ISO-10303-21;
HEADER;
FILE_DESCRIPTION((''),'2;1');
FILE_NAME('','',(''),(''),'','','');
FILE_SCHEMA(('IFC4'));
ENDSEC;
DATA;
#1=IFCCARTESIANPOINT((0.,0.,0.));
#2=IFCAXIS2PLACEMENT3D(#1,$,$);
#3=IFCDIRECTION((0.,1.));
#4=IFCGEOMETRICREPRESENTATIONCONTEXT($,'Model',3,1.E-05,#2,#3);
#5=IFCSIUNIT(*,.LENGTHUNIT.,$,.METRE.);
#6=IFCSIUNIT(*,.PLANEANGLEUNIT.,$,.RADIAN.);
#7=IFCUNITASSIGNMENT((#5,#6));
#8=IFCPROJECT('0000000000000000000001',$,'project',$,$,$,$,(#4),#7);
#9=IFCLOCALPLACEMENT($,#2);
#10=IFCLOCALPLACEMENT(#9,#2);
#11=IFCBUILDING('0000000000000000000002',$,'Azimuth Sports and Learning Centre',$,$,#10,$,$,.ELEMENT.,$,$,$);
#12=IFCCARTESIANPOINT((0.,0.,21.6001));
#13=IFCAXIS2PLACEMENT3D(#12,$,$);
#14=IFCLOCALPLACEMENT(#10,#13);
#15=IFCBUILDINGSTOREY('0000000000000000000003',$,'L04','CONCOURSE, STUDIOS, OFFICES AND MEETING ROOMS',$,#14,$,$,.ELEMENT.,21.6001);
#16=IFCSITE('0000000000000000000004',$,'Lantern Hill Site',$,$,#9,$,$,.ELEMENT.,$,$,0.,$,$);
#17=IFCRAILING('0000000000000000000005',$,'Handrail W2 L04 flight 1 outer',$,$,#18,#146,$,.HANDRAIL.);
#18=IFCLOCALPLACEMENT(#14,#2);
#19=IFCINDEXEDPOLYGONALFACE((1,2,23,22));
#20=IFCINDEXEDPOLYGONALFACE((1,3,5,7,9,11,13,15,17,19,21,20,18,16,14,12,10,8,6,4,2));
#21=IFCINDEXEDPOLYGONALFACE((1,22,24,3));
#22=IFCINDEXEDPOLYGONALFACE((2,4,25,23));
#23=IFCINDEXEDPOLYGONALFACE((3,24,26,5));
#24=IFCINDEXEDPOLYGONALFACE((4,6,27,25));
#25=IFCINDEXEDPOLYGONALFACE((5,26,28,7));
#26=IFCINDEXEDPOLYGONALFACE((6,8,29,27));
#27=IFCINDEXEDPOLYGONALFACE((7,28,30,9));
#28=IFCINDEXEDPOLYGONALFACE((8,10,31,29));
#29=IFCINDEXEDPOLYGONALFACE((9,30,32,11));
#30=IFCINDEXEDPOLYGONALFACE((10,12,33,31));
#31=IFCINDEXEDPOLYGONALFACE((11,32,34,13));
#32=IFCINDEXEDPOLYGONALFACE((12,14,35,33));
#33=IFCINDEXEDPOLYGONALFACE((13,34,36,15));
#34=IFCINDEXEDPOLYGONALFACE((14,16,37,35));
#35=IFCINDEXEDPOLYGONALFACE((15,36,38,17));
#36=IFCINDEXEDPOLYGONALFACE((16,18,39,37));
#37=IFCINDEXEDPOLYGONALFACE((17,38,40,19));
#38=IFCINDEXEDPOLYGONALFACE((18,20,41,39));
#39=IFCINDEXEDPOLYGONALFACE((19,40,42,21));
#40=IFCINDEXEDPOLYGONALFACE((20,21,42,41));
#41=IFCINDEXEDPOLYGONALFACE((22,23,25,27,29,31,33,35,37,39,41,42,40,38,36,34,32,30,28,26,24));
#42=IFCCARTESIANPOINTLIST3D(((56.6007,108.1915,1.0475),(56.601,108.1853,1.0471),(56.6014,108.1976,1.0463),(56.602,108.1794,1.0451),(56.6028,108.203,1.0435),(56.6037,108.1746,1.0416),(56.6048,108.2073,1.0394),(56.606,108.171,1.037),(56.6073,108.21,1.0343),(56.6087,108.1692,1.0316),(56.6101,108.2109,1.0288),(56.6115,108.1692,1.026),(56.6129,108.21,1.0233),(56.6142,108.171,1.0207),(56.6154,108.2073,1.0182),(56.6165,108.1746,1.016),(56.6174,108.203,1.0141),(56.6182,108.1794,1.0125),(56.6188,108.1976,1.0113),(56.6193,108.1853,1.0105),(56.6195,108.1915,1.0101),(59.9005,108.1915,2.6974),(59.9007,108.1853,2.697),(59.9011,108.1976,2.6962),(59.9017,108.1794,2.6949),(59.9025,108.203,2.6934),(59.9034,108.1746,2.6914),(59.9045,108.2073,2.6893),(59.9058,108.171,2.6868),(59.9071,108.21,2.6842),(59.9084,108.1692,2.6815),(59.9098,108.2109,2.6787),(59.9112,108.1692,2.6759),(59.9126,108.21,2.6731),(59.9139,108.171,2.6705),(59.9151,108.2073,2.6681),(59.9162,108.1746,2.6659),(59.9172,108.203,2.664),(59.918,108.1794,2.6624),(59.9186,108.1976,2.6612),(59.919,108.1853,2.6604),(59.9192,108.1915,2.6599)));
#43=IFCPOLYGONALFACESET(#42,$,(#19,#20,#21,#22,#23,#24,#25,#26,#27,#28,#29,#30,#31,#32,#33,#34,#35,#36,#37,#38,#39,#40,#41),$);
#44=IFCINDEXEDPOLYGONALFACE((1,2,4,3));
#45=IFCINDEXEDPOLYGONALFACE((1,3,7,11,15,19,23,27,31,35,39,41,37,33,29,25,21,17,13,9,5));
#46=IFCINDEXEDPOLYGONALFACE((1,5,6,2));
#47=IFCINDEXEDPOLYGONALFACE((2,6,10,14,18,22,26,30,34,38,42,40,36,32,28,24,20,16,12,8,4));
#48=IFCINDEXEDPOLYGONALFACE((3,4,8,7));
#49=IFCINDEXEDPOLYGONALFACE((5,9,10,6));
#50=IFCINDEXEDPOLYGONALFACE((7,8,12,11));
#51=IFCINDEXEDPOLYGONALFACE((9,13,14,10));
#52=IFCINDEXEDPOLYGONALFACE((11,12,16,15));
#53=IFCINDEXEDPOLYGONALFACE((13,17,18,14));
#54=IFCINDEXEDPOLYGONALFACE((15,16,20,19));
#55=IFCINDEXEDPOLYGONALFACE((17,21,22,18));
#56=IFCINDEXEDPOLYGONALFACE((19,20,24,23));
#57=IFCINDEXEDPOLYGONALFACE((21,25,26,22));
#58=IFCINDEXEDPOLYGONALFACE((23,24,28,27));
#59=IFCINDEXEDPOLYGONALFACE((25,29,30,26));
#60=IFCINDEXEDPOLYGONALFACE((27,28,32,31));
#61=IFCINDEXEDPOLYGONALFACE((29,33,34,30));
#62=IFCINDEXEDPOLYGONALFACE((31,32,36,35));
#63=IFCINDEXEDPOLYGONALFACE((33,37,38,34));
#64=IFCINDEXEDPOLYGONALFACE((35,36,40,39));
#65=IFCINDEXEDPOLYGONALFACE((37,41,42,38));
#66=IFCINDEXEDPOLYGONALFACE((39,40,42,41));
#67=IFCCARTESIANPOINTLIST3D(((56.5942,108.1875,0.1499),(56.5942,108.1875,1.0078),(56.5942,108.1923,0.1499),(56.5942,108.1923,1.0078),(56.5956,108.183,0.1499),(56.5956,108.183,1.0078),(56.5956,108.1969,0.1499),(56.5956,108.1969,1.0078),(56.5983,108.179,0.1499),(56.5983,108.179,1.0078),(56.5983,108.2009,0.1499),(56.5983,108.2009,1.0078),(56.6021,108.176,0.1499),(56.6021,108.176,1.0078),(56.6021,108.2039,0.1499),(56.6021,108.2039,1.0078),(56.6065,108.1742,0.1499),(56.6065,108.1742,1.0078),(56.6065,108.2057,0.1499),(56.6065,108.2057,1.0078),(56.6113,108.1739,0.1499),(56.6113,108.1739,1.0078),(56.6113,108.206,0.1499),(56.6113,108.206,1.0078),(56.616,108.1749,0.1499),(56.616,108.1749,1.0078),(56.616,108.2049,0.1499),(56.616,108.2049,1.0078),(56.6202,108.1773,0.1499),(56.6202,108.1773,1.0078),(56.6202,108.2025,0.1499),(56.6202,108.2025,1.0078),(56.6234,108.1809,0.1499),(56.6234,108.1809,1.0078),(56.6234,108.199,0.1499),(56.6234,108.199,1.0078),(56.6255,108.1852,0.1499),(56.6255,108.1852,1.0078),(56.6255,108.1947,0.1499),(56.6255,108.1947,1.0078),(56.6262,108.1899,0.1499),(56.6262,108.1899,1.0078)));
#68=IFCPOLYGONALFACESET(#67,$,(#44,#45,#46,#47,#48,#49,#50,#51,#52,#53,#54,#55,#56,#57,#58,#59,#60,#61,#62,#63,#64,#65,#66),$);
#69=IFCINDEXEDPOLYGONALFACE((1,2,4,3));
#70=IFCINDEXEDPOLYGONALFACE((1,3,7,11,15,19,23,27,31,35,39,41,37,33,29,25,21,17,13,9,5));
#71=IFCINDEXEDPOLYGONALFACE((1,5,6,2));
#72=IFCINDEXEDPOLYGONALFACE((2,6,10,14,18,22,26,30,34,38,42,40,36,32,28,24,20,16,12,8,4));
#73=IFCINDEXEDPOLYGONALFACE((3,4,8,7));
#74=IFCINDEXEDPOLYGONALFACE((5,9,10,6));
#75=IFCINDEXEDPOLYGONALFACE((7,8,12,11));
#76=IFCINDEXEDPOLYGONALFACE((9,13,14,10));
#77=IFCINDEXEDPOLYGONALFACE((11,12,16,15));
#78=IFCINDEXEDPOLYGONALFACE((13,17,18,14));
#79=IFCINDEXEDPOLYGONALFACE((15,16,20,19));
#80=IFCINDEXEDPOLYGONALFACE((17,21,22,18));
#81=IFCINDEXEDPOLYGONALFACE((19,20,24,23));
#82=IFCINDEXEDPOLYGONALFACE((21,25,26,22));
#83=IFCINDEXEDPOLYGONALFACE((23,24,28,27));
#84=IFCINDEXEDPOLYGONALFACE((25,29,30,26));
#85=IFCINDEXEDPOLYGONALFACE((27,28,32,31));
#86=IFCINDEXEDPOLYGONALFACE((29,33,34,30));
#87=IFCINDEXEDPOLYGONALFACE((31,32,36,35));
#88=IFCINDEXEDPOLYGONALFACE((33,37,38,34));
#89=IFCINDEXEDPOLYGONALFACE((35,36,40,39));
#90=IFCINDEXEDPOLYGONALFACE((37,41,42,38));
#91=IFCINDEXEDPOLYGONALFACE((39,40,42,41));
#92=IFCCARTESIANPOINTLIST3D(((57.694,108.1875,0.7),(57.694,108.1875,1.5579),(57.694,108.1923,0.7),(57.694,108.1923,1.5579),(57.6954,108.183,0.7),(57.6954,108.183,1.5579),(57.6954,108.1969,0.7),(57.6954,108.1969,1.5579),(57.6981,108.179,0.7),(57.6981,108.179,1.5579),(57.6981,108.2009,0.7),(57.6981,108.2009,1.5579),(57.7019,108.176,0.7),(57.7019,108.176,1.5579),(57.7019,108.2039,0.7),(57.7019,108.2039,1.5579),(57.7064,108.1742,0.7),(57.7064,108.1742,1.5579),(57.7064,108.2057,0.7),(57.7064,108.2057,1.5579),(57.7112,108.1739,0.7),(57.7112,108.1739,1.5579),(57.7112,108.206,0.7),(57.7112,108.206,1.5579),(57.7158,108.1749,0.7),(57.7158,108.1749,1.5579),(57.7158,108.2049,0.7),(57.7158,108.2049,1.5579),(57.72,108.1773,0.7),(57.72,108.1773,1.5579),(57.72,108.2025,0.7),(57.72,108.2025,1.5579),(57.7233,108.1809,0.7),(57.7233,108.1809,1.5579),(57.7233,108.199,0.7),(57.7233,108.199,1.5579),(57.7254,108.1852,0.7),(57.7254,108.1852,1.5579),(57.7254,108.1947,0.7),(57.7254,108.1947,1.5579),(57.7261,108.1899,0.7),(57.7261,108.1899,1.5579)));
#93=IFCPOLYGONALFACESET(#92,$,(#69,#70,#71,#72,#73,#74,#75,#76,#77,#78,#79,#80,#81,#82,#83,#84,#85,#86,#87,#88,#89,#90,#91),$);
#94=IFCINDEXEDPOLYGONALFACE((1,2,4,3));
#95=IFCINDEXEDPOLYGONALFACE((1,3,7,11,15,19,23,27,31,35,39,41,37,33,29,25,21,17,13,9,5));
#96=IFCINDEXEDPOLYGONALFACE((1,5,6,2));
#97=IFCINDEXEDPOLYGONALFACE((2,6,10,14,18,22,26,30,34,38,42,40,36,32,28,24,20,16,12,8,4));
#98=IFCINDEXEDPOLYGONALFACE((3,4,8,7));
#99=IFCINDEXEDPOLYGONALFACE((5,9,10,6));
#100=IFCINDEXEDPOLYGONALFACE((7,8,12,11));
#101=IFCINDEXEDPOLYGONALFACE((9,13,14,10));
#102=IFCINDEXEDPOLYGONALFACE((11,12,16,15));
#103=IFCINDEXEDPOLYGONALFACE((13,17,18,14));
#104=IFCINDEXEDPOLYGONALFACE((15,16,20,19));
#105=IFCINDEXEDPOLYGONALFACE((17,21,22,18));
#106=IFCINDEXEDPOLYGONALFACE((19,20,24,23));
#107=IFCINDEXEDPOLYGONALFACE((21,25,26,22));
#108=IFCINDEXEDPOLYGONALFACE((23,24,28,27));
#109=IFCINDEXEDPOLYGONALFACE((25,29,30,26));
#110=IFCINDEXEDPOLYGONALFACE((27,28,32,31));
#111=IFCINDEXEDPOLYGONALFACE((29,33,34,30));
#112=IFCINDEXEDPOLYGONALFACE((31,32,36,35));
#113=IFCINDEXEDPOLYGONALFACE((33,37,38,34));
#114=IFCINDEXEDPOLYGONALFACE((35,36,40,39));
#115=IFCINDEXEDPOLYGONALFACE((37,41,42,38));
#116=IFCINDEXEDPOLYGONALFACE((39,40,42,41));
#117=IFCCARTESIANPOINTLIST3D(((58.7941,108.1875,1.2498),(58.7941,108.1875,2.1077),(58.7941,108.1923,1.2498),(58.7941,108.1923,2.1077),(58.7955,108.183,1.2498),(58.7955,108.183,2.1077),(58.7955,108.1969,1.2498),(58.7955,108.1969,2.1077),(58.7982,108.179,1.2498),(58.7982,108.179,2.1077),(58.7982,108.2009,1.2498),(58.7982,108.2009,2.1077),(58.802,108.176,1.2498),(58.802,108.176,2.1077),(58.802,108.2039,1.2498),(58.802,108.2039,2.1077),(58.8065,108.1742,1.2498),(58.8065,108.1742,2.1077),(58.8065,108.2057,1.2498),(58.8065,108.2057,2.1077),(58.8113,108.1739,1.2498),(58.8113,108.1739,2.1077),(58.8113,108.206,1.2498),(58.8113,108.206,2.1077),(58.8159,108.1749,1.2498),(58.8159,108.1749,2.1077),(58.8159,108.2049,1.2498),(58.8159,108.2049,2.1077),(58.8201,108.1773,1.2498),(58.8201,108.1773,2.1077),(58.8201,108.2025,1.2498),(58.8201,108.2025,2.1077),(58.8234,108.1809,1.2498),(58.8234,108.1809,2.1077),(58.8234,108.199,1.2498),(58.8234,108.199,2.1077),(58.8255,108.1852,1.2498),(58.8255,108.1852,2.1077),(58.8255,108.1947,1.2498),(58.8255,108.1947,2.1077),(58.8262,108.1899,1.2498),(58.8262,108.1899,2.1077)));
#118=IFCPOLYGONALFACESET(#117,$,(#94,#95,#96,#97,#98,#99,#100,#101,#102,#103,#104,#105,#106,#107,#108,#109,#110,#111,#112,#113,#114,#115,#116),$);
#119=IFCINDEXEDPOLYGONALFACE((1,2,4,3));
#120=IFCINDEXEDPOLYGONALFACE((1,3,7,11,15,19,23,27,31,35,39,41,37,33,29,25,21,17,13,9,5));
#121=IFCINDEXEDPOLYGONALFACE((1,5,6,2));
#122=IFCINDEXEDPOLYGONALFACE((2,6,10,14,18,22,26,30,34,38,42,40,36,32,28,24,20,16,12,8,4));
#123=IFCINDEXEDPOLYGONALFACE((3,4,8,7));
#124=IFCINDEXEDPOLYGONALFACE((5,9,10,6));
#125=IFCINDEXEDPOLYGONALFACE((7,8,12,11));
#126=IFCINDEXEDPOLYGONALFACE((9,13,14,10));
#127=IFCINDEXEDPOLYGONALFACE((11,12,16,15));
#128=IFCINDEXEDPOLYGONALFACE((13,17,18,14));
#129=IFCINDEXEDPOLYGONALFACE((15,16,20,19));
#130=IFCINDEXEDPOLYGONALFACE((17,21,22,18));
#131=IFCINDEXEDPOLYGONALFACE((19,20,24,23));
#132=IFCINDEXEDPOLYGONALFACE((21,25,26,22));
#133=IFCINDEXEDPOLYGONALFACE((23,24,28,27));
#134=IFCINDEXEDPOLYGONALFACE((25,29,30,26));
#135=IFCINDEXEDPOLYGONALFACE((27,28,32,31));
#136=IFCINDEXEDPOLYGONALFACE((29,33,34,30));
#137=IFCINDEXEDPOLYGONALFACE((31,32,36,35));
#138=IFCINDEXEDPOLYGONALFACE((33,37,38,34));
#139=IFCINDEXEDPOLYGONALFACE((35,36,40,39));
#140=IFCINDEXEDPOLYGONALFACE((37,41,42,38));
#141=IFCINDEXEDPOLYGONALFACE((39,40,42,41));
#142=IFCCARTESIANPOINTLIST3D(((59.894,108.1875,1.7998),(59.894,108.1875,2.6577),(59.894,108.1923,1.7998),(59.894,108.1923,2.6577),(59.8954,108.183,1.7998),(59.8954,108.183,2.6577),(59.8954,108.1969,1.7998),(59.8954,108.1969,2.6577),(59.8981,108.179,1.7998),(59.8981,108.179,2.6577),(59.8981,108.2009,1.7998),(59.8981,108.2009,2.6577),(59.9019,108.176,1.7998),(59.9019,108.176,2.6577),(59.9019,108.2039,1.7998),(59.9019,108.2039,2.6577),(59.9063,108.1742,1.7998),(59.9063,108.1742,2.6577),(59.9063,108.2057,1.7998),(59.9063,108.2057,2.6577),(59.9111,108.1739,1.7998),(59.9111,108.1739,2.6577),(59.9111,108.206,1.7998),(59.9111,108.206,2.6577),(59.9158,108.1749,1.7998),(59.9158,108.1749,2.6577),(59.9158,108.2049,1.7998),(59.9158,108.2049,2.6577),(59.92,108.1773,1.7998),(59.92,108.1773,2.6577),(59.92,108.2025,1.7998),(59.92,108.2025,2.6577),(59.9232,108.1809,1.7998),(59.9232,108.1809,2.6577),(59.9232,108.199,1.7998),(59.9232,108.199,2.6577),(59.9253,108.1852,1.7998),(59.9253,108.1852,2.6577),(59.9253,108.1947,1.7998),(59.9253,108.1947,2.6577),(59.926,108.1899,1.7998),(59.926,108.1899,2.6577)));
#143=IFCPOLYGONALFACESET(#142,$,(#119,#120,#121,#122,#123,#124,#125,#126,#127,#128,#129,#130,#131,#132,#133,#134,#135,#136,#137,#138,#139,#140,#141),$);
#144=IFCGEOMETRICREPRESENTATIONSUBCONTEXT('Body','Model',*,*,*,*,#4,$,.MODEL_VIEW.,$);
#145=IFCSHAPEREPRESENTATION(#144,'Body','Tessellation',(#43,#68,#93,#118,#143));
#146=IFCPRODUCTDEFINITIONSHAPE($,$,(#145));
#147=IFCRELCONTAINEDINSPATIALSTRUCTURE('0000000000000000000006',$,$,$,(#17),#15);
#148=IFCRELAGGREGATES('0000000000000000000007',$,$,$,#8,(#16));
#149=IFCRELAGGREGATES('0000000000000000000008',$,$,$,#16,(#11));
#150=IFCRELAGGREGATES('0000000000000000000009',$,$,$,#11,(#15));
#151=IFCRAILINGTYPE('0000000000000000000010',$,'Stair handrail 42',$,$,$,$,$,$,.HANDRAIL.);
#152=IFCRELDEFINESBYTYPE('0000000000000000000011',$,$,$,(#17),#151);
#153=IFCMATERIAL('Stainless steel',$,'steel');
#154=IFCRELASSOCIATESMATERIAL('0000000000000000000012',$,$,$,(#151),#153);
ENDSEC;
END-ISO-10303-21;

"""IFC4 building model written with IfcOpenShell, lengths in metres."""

from ifc_helpers import new_model, si_unit, direction, frame, origin, origin_2d, place, context, subcontext, project, spatial, circle, extrude, material, type_object, element, save


model = new_model("IFC4")

# Units and contexts
model_context = context("Model", 3, precision=1e-05, world=origin(), true_north=direction((0.0, 1.0)))
body_context = subcontext(model_context, "Body", "Model", "MODEL_VIEW")
ifc_project = project(units=[si_unit("LENGTHUNIT", "METRE"), si_unit("PLANEANGLEUNIT", "RADIAN")], contexts=[model_context])

# Site, building, storey
site_placement = place(None, origin())
site = spatial("IfcSite", under=ifc_project, at=site_placement, Name="Lantern Hill Site", CompositionType="ELEMENT", RefElevation=0.0)
building_placement = place(site_placement, origin())
building = spatial("IfcBuilding", under=site, at=building_placement, Name="Azimuth Sports and Learning Centre", CompositionType="ELEMENT")
storey_placement = place(building_placement, frame((0.0, 0.0, 21.6001)))
storey = spatial("IfcBuildingStorey", under=building, at=storey_placement, Name="L04", Description="CONCOURSE, STUDIOS, OFFICES AND MEETING ROOMS", CompositionType="ELEMENT", Elevation=21.6001)

# Railing
ifc_material_1 = material(Name="Stainless steel", Category="steel")
railing_type_1 = type_object("IfcRailingType", Name="Stair handrail 42", PredefinedType="HANDRAIL", material=ifc_material_1)
for number, where, name in (
    (1, (56.6101, 108.1899, 0.1499), "Handrail W2 L04 flight 1 outer"),
):
    element("IfcRailing", number, at=place(storey_placement, frame(where)), inside=storey, type_object=railing_type_1, Name=name, PredefinedType="HANDRAIL", context=body_context, shape_type="SweptSolid", body=[
        extrude(circle(Radius=0.021, at=origin_2d()), frame((0.0, 0.0, 0.8789), z_axis=(0.894427, 0.0, 0.447214), x_axis=(0.0, 1.0, 0.0)), (0.0, 0.0, 1.0), 3.6892),
        extrude(circle(Radius=0.0161, at=origin_2d()), origin(), (0.0, 0.0, 1.0), 0.8579),
        extrude(circle(Radius=0.0161, at=origin_2d()), frame((1.0999, 0.0, 0.55)), (0.0, 0.0, 1.0), 0.8579),
        extrude(circle(Radius=0.0161, at=origin_2d()), frame((2.2, 0.0, 1.0999)), (0.0, 0.0, 1.0), 0.8579),
        extrude(circle(Radius=0.0161, at=origin_2d()), frame((3.2998, 0.0, 1.6499)), (0.0, 0.0, 1.0), 0.8579),
    ])

save(model, "model.ifc")
